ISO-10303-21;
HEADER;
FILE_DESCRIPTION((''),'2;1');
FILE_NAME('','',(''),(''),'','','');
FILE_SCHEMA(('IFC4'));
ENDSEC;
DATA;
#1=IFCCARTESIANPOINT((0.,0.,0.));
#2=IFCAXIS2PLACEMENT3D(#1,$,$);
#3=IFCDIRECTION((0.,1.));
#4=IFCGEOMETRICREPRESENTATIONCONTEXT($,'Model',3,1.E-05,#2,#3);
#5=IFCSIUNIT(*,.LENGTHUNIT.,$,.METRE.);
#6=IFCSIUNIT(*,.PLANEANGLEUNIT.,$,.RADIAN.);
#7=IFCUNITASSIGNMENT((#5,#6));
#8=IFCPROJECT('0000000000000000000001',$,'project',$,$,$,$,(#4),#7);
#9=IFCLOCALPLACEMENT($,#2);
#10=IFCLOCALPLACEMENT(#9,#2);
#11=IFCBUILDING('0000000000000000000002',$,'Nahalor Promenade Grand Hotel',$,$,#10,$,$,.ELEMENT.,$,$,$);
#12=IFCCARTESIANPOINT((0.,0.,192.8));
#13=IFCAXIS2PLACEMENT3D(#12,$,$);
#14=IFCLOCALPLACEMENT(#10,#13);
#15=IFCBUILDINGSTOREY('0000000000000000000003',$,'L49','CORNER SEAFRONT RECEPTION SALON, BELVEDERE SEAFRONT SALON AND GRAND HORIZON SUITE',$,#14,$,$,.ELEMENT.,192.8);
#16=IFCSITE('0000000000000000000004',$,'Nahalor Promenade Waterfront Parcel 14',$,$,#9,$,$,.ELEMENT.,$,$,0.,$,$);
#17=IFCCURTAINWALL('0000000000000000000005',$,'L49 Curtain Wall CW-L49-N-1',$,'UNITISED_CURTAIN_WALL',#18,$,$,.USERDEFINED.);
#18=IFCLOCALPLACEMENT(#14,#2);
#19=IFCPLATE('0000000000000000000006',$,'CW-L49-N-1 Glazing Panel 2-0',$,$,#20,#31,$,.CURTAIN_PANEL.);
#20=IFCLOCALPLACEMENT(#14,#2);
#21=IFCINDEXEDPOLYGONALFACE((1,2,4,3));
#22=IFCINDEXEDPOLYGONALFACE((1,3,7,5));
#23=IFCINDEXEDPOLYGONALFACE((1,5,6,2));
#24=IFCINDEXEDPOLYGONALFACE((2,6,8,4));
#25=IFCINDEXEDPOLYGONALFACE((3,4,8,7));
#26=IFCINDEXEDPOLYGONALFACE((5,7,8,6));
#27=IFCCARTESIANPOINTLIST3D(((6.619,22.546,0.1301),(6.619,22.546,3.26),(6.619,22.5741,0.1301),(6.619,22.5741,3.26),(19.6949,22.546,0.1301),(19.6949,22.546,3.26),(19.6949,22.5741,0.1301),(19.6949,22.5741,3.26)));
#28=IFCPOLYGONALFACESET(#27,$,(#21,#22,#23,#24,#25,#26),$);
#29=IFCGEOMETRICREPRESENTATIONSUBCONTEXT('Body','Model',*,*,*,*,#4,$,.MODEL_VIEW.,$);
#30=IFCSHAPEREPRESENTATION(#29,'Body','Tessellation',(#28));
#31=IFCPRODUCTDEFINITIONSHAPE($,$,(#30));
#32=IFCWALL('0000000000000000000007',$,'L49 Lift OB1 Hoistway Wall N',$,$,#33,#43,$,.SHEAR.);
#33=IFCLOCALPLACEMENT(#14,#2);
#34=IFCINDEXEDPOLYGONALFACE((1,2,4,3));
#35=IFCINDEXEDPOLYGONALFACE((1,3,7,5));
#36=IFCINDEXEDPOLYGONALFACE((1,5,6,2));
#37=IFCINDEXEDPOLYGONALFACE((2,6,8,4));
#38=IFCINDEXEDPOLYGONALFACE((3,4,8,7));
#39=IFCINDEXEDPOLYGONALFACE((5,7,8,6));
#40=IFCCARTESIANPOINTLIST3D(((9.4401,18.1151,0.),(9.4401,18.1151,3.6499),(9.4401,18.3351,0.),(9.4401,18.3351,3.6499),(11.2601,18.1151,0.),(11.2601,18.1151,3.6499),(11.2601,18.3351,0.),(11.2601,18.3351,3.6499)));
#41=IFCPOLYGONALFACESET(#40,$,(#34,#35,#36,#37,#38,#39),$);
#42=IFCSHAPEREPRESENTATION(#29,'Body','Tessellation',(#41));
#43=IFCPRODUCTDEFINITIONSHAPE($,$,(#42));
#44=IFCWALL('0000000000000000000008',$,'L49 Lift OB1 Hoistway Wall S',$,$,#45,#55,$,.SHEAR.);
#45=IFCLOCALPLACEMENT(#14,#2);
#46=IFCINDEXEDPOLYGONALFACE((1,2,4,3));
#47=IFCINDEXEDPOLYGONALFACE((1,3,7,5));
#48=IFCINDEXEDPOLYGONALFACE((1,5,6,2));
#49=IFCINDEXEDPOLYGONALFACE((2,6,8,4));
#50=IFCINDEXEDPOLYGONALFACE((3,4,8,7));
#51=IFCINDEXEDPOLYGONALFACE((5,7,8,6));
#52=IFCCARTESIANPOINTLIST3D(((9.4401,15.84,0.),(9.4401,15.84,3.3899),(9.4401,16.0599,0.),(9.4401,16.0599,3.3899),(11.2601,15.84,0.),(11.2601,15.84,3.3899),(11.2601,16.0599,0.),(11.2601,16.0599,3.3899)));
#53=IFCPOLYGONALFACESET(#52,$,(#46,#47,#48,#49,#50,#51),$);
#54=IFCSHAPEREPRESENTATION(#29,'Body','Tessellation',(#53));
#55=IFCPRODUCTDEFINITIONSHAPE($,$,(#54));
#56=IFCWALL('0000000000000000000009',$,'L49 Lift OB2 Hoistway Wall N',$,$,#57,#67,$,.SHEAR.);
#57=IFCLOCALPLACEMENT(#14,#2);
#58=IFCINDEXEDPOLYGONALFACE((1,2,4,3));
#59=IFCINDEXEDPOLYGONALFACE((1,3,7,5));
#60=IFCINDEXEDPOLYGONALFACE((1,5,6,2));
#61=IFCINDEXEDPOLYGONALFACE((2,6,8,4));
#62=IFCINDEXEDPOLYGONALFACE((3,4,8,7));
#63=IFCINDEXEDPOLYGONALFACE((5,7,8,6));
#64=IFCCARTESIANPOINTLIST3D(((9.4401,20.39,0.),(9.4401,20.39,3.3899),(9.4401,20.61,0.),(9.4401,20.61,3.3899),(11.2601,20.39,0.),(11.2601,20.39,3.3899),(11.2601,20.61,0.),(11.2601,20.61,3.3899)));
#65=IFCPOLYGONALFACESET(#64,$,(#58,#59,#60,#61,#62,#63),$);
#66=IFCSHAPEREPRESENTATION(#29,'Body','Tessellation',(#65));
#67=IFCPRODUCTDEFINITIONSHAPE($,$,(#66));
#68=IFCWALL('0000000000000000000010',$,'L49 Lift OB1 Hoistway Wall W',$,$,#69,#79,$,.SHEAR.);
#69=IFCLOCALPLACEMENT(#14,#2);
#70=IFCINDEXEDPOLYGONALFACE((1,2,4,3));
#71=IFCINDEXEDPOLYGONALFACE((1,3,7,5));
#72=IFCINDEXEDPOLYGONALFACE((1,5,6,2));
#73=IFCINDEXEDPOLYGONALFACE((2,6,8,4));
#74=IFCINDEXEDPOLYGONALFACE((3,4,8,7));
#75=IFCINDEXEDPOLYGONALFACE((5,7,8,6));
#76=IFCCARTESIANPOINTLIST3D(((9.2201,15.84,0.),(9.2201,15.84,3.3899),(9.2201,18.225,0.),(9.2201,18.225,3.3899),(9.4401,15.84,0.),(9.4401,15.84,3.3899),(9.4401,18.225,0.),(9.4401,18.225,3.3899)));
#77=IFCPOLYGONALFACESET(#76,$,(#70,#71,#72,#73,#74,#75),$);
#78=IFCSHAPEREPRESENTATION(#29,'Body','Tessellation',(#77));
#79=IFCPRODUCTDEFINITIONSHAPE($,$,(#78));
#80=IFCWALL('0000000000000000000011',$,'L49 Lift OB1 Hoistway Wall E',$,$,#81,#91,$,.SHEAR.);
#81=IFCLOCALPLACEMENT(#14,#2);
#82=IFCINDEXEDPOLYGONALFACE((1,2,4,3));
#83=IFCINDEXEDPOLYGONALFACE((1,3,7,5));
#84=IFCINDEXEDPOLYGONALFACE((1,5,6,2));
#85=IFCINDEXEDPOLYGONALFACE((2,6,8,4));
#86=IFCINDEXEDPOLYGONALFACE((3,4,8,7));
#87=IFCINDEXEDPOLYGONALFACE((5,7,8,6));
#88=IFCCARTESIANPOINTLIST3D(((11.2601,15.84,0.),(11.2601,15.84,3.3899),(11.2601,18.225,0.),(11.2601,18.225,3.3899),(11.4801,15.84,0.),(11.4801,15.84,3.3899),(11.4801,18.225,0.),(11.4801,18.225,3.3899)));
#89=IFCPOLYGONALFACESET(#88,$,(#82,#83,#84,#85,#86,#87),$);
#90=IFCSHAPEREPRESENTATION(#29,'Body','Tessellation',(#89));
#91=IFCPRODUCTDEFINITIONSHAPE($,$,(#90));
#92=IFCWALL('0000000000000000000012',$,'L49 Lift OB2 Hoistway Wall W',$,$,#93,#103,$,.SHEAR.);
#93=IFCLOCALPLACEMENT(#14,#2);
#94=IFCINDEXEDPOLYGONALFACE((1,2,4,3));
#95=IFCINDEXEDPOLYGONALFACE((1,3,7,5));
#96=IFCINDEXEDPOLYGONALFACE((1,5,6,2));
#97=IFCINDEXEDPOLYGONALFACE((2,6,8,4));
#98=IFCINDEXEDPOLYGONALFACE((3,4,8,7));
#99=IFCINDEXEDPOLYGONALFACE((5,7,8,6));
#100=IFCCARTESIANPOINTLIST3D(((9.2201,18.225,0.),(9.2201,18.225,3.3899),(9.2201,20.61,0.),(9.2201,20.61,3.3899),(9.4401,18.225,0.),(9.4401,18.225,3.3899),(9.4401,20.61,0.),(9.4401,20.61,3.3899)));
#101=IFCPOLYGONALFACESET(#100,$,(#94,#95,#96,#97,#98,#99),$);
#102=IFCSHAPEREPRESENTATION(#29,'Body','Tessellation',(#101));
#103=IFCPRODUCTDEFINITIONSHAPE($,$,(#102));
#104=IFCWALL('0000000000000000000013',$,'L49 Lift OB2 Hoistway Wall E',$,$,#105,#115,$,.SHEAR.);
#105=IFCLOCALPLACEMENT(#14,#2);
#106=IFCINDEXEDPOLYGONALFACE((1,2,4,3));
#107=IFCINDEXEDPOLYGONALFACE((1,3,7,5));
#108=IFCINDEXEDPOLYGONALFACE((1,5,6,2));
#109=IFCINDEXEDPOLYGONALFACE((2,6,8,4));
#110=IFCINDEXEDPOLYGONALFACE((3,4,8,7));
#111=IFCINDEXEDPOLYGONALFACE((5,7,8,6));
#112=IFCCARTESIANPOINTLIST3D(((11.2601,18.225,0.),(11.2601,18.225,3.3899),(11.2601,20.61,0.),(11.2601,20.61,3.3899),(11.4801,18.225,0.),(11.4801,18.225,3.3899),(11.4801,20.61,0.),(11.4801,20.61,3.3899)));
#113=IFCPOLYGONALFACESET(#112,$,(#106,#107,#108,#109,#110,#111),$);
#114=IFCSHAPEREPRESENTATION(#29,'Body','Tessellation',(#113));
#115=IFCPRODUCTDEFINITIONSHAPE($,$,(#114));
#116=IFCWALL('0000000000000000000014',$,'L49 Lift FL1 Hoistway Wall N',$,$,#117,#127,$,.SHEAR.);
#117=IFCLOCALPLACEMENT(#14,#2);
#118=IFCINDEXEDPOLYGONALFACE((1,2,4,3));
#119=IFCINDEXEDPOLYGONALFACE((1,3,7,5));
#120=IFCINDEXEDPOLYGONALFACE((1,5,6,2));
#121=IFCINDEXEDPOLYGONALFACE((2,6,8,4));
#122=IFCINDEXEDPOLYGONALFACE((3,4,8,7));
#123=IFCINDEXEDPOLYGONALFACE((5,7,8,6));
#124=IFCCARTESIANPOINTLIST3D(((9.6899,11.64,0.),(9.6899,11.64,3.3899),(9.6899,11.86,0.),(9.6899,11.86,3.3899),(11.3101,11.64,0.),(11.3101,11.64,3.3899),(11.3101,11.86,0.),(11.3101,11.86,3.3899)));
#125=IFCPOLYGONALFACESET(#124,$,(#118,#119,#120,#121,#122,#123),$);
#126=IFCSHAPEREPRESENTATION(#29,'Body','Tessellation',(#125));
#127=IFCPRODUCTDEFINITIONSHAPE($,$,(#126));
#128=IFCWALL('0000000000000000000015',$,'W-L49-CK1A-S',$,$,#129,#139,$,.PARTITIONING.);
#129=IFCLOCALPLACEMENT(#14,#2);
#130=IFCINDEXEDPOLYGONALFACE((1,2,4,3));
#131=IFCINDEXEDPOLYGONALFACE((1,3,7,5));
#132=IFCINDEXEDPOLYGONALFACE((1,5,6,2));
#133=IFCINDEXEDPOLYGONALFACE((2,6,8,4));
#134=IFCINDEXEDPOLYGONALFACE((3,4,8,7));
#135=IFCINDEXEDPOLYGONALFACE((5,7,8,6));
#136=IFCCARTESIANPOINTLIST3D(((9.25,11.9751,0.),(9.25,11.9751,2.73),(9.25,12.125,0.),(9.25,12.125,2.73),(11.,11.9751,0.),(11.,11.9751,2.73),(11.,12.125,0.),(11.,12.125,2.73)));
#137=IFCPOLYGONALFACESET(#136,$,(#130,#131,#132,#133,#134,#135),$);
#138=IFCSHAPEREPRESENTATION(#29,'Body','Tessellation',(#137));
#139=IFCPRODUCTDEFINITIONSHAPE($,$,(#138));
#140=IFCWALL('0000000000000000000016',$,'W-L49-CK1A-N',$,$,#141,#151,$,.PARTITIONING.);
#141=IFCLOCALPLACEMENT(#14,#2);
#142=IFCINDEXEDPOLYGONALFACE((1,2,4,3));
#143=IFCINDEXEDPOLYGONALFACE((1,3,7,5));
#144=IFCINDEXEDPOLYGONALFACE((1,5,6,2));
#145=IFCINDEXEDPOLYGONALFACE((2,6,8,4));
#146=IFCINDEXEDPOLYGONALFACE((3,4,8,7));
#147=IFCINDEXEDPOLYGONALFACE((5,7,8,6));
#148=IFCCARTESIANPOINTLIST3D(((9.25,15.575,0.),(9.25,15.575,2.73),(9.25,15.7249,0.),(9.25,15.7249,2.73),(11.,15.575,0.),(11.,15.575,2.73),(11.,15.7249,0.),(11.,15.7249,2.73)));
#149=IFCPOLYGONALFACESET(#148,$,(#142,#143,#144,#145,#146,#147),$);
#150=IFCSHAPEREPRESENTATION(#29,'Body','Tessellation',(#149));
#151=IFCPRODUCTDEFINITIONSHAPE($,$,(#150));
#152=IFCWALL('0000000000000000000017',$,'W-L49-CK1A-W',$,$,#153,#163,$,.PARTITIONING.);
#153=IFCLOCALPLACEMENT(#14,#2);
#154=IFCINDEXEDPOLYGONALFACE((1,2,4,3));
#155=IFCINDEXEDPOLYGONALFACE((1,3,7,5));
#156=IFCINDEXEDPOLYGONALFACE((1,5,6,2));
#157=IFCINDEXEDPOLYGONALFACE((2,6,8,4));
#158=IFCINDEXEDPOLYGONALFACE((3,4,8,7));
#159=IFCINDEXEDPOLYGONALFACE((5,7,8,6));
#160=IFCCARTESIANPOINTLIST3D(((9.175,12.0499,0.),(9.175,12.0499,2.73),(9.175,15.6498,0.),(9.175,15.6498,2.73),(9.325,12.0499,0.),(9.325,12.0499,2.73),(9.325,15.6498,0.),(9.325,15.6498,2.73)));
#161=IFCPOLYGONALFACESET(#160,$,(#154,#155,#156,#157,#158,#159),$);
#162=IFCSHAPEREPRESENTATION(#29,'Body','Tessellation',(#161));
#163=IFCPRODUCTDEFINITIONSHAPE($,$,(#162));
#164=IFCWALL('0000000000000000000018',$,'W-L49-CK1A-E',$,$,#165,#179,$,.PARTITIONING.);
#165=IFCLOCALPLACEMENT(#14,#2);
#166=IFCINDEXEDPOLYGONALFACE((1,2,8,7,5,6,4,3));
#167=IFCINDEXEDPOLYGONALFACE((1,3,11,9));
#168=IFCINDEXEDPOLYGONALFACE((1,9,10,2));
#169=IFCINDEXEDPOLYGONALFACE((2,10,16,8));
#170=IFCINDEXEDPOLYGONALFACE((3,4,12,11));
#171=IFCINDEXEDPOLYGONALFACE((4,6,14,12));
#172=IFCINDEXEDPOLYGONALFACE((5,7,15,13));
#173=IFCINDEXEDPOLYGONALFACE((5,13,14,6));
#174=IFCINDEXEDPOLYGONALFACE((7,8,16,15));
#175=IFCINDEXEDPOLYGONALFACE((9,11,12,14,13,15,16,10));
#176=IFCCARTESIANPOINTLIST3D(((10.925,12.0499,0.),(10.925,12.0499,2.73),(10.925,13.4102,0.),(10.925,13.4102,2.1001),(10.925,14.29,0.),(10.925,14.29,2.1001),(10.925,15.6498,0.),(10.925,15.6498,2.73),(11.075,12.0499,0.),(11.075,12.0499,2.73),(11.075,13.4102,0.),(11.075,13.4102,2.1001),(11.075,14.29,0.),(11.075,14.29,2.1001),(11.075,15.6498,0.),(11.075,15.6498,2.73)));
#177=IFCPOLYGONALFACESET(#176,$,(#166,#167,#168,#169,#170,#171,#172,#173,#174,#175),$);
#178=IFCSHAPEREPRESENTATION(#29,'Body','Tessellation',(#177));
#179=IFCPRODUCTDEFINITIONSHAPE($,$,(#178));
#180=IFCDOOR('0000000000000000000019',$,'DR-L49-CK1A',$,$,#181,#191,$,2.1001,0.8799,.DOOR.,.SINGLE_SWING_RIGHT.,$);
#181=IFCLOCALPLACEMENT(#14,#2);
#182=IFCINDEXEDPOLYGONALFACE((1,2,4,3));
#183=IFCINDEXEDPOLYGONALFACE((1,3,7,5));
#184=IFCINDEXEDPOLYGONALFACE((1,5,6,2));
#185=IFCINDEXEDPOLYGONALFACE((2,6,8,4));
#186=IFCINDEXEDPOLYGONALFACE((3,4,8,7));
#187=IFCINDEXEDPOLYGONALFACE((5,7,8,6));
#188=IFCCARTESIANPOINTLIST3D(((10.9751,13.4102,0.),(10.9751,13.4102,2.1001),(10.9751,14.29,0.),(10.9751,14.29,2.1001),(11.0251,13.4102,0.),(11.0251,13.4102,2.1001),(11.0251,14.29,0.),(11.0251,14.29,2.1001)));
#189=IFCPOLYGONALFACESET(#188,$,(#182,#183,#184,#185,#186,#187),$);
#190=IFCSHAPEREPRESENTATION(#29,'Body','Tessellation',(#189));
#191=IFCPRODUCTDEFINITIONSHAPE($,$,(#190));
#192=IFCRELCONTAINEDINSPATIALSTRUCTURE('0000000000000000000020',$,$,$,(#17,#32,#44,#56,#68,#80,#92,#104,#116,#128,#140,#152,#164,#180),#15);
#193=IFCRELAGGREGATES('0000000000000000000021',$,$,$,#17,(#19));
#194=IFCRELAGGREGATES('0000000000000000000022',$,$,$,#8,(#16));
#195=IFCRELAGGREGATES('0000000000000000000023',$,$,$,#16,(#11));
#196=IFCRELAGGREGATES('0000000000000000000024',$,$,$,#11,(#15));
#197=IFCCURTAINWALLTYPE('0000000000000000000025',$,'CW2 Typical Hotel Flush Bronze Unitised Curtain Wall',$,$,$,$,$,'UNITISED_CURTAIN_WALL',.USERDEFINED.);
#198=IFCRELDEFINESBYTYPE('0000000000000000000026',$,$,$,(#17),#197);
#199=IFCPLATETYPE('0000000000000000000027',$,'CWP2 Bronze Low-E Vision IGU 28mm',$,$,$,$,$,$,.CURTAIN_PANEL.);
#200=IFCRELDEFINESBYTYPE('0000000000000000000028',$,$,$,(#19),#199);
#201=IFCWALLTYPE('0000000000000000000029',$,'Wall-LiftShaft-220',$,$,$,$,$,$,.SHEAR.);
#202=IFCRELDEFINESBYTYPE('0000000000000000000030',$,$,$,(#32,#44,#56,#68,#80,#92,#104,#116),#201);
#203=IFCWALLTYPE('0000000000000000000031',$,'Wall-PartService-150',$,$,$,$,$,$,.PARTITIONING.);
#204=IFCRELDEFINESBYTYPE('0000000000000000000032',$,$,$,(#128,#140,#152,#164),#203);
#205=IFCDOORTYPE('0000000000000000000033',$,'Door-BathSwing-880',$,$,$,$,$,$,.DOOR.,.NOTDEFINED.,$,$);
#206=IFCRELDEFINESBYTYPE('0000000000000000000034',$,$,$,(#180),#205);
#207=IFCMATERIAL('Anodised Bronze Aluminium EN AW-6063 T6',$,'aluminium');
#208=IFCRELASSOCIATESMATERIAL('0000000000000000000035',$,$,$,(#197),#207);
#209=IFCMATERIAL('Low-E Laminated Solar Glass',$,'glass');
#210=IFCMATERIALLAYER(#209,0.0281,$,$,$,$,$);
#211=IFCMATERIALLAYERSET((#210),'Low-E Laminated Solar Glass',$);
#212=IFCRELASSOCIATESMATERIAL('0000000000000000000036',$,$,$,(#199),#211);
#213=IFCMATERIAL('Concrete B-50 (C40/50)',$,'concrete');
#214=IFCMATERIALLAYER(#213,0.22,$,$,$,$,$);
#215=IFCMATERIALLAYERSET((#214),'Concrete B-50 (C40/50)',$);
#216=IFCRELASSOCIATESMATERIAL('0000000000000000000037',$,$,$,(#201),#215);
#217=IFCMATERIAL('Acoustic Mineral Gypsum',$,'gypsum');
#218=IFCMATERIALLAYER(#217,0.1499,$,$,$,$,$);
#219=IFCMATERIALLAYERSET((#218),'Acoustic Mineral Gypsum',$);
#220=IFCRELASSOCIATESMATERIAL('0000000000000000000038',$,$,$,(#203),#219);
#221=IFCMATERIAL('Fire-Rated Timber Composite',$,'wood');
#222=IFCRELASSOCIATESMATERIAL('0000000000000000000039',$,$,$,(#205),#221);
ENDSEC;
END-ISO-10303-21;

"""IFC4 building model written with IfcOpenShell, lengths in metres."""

from ifc_helpers import new_model, si_unit, direction, frame, frame_2d, origin, origin_2d, place, context, subcontext, project, spatial, rectangle, extrude, source, transform, mapped, material, layer, layer_set, type_object, element, fill, aggregate, save


model = new_model("IFC4")

# Units and contexts
model_context = context("Model", 3, precision=1e-05, world=origin(), true_north=direction((0.0, 1.0)))
body_context = subcontext(model_context, "Body", "Model", "MODEL_VIEW")
ifc_project = project(units=[si_unit("LENGTHUNIT", "METRE"), si_unit("PLANEANGLEUNIT", "RADIAN")], contexts=[model_context])

# Site, building, storey
site_placement = place(None, origin())
site = spatial("IfcSite", under=ifc_project, at=site_placement, Name="Nahalor Promenade Waterfront Parcel 14", CompositionType="ELEMENT", RefElevation=0.0)
building_placement = place(site_placement, origin())
building = spatial("IfcBuilding", under=site, at=building_placement, Name="Nahalor Promenade Grand Hotel", CompositionType="ELEMENT")
storey_placement = place(building_placement, frame((0.0, 0.0, 192.8)))
storey = spatial("IfcBuildingStorey", under=building, at=storey_placement, Name="L49", Description="CORNER SEAFRONT RECEPTION SALON, BELVEDERE SEAFRONT SALON AND GRAND HORIZON SUITE", CompositionType="ELEMENT", Elevation=192.8)

# Curtain wall, plate
ifc_material_1 = material(Name="Anodised Bronze Aluminium EN AW-6063 T6", Category="aluminium")
curtain_wall_type = type_object("IfcCurtainWallType", Name="CW2 Typical Hotel Flush Bronze Unitised Curtain Wall", ElementType="UNITISED_CURTAIN_WALL", PredefinedType="USERDEFINED", material=ifc_material_1)
curtain_wall_placement = place(storey_placement, origin())
curtain_wall = element("IfcCurtainWall", 1, at=curtain_wall_placement, inside=storey, type_object=curtain_wall_type, Name="L49 Curtain Wall CW-L49-N-1", ObjectType="UNITISED_CURTAIN_WALL", PredefinedType="USERDEFINED")
ifc_material_2 = material(Name="Low-E Laminated Solar Glass", Category="glass")
ifc_layer_1 = layer(ifc_material_2, 0.0281)
ifc_layer_set_1 = layer_set([ifc_layer_1], Name="Low-E Laminated Solar Glass")
plate_type = type_object("IfcPlateType", Name="CWP2 Bronze Low-E Vision IGU 28mm", PredefinedType="CURTAIN_PANEL", material=ifc_layer_set_1)
shared_shape_1 = source(origin(), body_context, "Body", "SweptSolid", [
    extrude(rectangle(XDim=13.0759, YDim=0.0281, at=origin_2d()), origin(), (0.0, 0.0, 1.0), 3.1299),
])
plate_placement = place(storey_placement, frame((13.157, 22.5601, 0.1301), z_axis=(0.0, 0.0, 1.0), x_axis=(1.0, 0.0, 0.0)))
plate = element("IfcPlate", 2, at=plate_placement, type_object=plate_type, Name="CW-L49-N-1 Glazing Panel 2-0", PredefinedType="CURTAIN_PANEL", context=body_context, shape_type="MappedRepresentation", body=[
    mapped(shared_shape_1, transform((0.0, 0.0, 0.0), scale=1.0)),
])
aggregate(curtain_wall, [plate])

# Walls
ifc_material_3 = material(Name="Concrete B-50 (C40/50)", Category="concrete")
ifc_layer_2 = layer(ifc_material_3, 0.22)
ifc_layer_set_2 = layer_set([ifc_layer_2], Name="Concrete B-50 (C40/50)")
wall_type_1 = type_object("IfcWallType", Name="Wall-LiftShaft-220", PredefinedType="SHEAR", material=ifc_layer_set_2)
shared_shape_2 = source(origin(), body_context, "Body", "SweptSolid", [
    extrude(rectangle(XDim=1.8201, YDim=0.22, at=frame_2d((0.9102, 0.0))), origin(), (0.0, 0.0, 1.0), 3.6499),
])
wall_1_placement = place(storey_placement, frame((9.4399, 18.2251, 0.0), z_axis=(0.0, 0.0, 1.0), x_axis=(1.0, 0.0, 0.0)))
element("IfcWall", 3, at=wall_1_placement, inside=storey, type_object=wall_type_1, Name="L49 Lift OB1 Hoistway Wall N", PredefinedType="SHEAR", context=body_context, shape_type="MappedRepresentation", body=[
    mapped(shared_shape_2, transform((0.0, 0.0, 0.0), scale=1.0)),
])
shared_shape_3 = source(origin(), body_context, "Body", "SweptSolid", [
    extrude(rectangle(XDim=1.8201, YDim=0.22, at=frame_2d((0.9102, 0.0))), origin(), (0.0, 0.0, 1.0), 3.3899),
])
for number, where, z_axis, x_axis, name in (
    (4, (9.4399, 15.95, 0.0), (0.0, 0.0, 1.0), (1.0, 0.0, 0.0), "L49 Lift OB1 Hoistway Wall S"),
    (5, (9.4399, 20.5, 0.0), (0.0, 0.0, 1.0), (1.0, 0.0, 0.0), "L49 Lift OB2 Hoistway Wall N"),
):
    element("IfcWall", number, at=place(storey_placement, frame(where, z_axis=z_axis, x_axis=x_axis)), inside=storey, type_object=wall_type_1, Name=name, PredefinedType="SHEAR", context=body_context, shape_type="MappedRepresentation", body=[
        mapped(shared_shape_3, transform((0.0, 0.0, 0.0), scale=1.0)),
    ])
shared_shape_4 = source(origin(), body_context, "Body", "SweptSolid", [
    extrude(rectangle(XDim=2.385, YDim=0.22, at=frame_2d((1.1924, 0.0))), origin(), (0.0, 0.0, 1.0), 3.3899),
])
for number, where, z_axis, x_axis, name in (
    (6, (9.3301, 15.8401, 0.0), (0.0, 0.0, 1.0), (0.0, 1.0, 0.0), "L49 Lift OB1 Hoistway Wall W"),
    (7, (11.3701, 15.8401, 0.0), (0.0, 0.0, 1.0), (0.0, 1.0, 0.0), "L49 Lift OB1 Hoistway Wall E"),
    (8, (9.3301, 18.2251, 0.0), (0.0, 0.0, 1.0), (0.0, 1.0, 0.0), "L49 Lift OB2 Hoistway Wall W"),
    (9, (11.3701, 18.2251, 0.0), (0.0, 0.0, 1.0), (0.0, 1.0, 0.0), "L49 Lift OB2 Hoistway Wall E"),
):
    element("IfcWall", number, at=place(storey_placement, frame(where, z_axis=z_axis, x_axis=x_axis)), inside=storey, type_object=wall_type_1, Name=name, PredefinedType="SHEAR", context=body_context, shape_type="MappedRepresentation", body=[
        mapped(shared_shape_4, transform((0.0, 0.0, 0.0), scale=1.0)),
    ])
shared_shape_5 = source(origin(), body_context, "Body", "SweptSolid", [
    extrude(rectangle(XDim=1.6201, YDim=0.22, at=frame_2d((0.8101, 0.0))), origin(), (0.0, 0.0, 1.0), 3.3899),
])
wall_2_placement = place(storey_placement, frame((9.6899, 11.75, 0.0), z_axis=(0.0, 0.0, 1.0), x_axis=(1.0, 0.0, 0.0)))
element("IfcWall", 10, at=wall_2_placement, inside=storey, type_object=wall_type_1, Name="L49 Lift FL1 Hoistway Wall N", PredefinedType="SHEAR", context=body_context, shape_type="MappedRepresentation", body=[
    mapped(shared_shape_5, transform((0.0, 0.0, 0.0), scale=1.0)),
])
ifc_material_4 = material(Name="Acoustic Mineral Gypsum", Category="gypsum")
ifc_layer_3 = layer(ifc_material_4, 0.1499)
ifc_layer_set_3 = layer_set([ifc_layer_3], Name="Acoustic Mineral Gypsum")
wall_type_2 = type_object("IfcWallType", Name="Wall-PartService-150", PredefinedType="PARTITIONING", material=ifc_layer_set_3)
shared_shape_6 = source(origin(), body_context, "Body", "SweptSolid", [
    extrude(rectangle(XDim=1.75, YDim=0.1499, at=frame_2d((0.875, 0.0))), origin(), (0.0, 0.0, 1.0), 2.73),
])
for number, where, z_axis, x_axis, name in (
    (11, (9.25, 12.05, 0.0), (0.0, 0.0, 1.0), (1.0, 0.0, 0.0), "W-L49-CK1A-S"),
    (12, (9.25, 15.6499, 0.0), (0.0, 0.0, 1.0), (1.0, 0.0, 0.0), "W-L49-CK1A-N"),
):
    element("IfcWall", number, at=place(storey_placement, frame(where, z_axis=z_axis, x_axis=x_axis)), inside=storey, type_object=wall_type_2, Name=name, PredefinedType="PARTITIONING", context=body_context, shape_type="MappedRepresentation", body=[
        mapped(shared_shape_6, transform((0.0, 0.0, 0.0), scale=1.0)),
    ])
shared_shape_7 = source(origin(), body_context, "Body", "SweptSolid", [
    extrude(rectangle(XDim=3.5999, YDim=0.1499, at=frame_2d((1.7998, 0.0))), origin(), (0.0, 0.0, 1.0), 2.73),
])
wall_3_placement = place(storey_placement, frame((9.25, 12.05, 0.0), z_axis=(0.0, 0.0, 1.0), x_axis=(0.0, 1.0, 0.0)))
element("IfcWall", 13, at=wall_3_placement, inside=storey, type_object=wall_type_2, Name="W-L49-CK1A-W", PredefinedType="PARTITIONING", context=body_context, shape_type="MappedRepresentation", body=[
    mapped(shared_shape_7, transform((0.0, 0.0, 0.0), scale=1.0)),
])

# Wall, opening, door
wall_4_placement = place(storey_placement, frame((11.0, 12.05, 0.0), z_axis=(0.0, 0.0, 1.0), x_axis=(0.0, 1.0, 0.0)))
wall_4 = element("IfcWall", 14, at=wall_4_placement, inside=storey, type_object=wall_type_2, Name="W-L49-CK1A-E", PredefinedType="PARTITIONING", context=body_context, shape_type="MappedRepresentation", body=[
    mapped(shared_shape_7, transform((0.0, 0.0, 0.0), scale=1.0)),
])
opening_placement = place(wall_4_placement, frame((1.3601, 0.0, 0.0)))
opening = element("IfcOpeningElement", 15, at=opening_placement, cuts=wall_4, PredefinedType="OPENING", context=body_context, shape_type="SweptSolid", body=[
    extrude(rectangle(XDim=0.8799, YDim=2.1001, at=frame_2d((0.4399, 1.05))), frame((0.0, 0.085, 0.0), z_axis=(0.0, -1.0, 0.0), x_axis=(1.0, 0.0, 0.0)), (0.0, 0.0, 1.0), 0.1699),
])
ifc_material_5 = material(Name="Fire-Rated Timber Composite", Category="wood")
door_type = type_object("IfcDoorType", Name="Door-BathSwing-880", OperationType="NOTDEFINED", PredefinedType="DOOR", material=ifc_material_5)
shared_shape_8 = source(origin(), body_context, "Body", "SweptSolid", [
    extrude(rectangle(XDim=0.8799, YDim=2.1001, at=frame_2d((0.4399, 1.05))), frame((0.0, 0.0249, 0.0), z_axis=(0.0, -1.0, 0.0), x_axis=(1.0, 0.0, 0.0)), (0.0, 0.0, 1.0), 0.05),
])
door_placement = place(opening_placement, origin())
door = element("IfcDoor", 16, at=door_placement, inside=storey, type_object=door_type, Name="DR-L49-CK1A", OperationType="SINGLE_SWING_RIGHT", OverallHeight=2.1001, OverallWidth=0.8799, PredefinedType="DOOR", context=body_context, shape_type="MappedRepresentation", body=[
    mapped(shared_shape_8, transform((0.0, 0.0, 0.0), scale=1.0)),
])
fill(opening, door)

save(model, "model.ifc")
